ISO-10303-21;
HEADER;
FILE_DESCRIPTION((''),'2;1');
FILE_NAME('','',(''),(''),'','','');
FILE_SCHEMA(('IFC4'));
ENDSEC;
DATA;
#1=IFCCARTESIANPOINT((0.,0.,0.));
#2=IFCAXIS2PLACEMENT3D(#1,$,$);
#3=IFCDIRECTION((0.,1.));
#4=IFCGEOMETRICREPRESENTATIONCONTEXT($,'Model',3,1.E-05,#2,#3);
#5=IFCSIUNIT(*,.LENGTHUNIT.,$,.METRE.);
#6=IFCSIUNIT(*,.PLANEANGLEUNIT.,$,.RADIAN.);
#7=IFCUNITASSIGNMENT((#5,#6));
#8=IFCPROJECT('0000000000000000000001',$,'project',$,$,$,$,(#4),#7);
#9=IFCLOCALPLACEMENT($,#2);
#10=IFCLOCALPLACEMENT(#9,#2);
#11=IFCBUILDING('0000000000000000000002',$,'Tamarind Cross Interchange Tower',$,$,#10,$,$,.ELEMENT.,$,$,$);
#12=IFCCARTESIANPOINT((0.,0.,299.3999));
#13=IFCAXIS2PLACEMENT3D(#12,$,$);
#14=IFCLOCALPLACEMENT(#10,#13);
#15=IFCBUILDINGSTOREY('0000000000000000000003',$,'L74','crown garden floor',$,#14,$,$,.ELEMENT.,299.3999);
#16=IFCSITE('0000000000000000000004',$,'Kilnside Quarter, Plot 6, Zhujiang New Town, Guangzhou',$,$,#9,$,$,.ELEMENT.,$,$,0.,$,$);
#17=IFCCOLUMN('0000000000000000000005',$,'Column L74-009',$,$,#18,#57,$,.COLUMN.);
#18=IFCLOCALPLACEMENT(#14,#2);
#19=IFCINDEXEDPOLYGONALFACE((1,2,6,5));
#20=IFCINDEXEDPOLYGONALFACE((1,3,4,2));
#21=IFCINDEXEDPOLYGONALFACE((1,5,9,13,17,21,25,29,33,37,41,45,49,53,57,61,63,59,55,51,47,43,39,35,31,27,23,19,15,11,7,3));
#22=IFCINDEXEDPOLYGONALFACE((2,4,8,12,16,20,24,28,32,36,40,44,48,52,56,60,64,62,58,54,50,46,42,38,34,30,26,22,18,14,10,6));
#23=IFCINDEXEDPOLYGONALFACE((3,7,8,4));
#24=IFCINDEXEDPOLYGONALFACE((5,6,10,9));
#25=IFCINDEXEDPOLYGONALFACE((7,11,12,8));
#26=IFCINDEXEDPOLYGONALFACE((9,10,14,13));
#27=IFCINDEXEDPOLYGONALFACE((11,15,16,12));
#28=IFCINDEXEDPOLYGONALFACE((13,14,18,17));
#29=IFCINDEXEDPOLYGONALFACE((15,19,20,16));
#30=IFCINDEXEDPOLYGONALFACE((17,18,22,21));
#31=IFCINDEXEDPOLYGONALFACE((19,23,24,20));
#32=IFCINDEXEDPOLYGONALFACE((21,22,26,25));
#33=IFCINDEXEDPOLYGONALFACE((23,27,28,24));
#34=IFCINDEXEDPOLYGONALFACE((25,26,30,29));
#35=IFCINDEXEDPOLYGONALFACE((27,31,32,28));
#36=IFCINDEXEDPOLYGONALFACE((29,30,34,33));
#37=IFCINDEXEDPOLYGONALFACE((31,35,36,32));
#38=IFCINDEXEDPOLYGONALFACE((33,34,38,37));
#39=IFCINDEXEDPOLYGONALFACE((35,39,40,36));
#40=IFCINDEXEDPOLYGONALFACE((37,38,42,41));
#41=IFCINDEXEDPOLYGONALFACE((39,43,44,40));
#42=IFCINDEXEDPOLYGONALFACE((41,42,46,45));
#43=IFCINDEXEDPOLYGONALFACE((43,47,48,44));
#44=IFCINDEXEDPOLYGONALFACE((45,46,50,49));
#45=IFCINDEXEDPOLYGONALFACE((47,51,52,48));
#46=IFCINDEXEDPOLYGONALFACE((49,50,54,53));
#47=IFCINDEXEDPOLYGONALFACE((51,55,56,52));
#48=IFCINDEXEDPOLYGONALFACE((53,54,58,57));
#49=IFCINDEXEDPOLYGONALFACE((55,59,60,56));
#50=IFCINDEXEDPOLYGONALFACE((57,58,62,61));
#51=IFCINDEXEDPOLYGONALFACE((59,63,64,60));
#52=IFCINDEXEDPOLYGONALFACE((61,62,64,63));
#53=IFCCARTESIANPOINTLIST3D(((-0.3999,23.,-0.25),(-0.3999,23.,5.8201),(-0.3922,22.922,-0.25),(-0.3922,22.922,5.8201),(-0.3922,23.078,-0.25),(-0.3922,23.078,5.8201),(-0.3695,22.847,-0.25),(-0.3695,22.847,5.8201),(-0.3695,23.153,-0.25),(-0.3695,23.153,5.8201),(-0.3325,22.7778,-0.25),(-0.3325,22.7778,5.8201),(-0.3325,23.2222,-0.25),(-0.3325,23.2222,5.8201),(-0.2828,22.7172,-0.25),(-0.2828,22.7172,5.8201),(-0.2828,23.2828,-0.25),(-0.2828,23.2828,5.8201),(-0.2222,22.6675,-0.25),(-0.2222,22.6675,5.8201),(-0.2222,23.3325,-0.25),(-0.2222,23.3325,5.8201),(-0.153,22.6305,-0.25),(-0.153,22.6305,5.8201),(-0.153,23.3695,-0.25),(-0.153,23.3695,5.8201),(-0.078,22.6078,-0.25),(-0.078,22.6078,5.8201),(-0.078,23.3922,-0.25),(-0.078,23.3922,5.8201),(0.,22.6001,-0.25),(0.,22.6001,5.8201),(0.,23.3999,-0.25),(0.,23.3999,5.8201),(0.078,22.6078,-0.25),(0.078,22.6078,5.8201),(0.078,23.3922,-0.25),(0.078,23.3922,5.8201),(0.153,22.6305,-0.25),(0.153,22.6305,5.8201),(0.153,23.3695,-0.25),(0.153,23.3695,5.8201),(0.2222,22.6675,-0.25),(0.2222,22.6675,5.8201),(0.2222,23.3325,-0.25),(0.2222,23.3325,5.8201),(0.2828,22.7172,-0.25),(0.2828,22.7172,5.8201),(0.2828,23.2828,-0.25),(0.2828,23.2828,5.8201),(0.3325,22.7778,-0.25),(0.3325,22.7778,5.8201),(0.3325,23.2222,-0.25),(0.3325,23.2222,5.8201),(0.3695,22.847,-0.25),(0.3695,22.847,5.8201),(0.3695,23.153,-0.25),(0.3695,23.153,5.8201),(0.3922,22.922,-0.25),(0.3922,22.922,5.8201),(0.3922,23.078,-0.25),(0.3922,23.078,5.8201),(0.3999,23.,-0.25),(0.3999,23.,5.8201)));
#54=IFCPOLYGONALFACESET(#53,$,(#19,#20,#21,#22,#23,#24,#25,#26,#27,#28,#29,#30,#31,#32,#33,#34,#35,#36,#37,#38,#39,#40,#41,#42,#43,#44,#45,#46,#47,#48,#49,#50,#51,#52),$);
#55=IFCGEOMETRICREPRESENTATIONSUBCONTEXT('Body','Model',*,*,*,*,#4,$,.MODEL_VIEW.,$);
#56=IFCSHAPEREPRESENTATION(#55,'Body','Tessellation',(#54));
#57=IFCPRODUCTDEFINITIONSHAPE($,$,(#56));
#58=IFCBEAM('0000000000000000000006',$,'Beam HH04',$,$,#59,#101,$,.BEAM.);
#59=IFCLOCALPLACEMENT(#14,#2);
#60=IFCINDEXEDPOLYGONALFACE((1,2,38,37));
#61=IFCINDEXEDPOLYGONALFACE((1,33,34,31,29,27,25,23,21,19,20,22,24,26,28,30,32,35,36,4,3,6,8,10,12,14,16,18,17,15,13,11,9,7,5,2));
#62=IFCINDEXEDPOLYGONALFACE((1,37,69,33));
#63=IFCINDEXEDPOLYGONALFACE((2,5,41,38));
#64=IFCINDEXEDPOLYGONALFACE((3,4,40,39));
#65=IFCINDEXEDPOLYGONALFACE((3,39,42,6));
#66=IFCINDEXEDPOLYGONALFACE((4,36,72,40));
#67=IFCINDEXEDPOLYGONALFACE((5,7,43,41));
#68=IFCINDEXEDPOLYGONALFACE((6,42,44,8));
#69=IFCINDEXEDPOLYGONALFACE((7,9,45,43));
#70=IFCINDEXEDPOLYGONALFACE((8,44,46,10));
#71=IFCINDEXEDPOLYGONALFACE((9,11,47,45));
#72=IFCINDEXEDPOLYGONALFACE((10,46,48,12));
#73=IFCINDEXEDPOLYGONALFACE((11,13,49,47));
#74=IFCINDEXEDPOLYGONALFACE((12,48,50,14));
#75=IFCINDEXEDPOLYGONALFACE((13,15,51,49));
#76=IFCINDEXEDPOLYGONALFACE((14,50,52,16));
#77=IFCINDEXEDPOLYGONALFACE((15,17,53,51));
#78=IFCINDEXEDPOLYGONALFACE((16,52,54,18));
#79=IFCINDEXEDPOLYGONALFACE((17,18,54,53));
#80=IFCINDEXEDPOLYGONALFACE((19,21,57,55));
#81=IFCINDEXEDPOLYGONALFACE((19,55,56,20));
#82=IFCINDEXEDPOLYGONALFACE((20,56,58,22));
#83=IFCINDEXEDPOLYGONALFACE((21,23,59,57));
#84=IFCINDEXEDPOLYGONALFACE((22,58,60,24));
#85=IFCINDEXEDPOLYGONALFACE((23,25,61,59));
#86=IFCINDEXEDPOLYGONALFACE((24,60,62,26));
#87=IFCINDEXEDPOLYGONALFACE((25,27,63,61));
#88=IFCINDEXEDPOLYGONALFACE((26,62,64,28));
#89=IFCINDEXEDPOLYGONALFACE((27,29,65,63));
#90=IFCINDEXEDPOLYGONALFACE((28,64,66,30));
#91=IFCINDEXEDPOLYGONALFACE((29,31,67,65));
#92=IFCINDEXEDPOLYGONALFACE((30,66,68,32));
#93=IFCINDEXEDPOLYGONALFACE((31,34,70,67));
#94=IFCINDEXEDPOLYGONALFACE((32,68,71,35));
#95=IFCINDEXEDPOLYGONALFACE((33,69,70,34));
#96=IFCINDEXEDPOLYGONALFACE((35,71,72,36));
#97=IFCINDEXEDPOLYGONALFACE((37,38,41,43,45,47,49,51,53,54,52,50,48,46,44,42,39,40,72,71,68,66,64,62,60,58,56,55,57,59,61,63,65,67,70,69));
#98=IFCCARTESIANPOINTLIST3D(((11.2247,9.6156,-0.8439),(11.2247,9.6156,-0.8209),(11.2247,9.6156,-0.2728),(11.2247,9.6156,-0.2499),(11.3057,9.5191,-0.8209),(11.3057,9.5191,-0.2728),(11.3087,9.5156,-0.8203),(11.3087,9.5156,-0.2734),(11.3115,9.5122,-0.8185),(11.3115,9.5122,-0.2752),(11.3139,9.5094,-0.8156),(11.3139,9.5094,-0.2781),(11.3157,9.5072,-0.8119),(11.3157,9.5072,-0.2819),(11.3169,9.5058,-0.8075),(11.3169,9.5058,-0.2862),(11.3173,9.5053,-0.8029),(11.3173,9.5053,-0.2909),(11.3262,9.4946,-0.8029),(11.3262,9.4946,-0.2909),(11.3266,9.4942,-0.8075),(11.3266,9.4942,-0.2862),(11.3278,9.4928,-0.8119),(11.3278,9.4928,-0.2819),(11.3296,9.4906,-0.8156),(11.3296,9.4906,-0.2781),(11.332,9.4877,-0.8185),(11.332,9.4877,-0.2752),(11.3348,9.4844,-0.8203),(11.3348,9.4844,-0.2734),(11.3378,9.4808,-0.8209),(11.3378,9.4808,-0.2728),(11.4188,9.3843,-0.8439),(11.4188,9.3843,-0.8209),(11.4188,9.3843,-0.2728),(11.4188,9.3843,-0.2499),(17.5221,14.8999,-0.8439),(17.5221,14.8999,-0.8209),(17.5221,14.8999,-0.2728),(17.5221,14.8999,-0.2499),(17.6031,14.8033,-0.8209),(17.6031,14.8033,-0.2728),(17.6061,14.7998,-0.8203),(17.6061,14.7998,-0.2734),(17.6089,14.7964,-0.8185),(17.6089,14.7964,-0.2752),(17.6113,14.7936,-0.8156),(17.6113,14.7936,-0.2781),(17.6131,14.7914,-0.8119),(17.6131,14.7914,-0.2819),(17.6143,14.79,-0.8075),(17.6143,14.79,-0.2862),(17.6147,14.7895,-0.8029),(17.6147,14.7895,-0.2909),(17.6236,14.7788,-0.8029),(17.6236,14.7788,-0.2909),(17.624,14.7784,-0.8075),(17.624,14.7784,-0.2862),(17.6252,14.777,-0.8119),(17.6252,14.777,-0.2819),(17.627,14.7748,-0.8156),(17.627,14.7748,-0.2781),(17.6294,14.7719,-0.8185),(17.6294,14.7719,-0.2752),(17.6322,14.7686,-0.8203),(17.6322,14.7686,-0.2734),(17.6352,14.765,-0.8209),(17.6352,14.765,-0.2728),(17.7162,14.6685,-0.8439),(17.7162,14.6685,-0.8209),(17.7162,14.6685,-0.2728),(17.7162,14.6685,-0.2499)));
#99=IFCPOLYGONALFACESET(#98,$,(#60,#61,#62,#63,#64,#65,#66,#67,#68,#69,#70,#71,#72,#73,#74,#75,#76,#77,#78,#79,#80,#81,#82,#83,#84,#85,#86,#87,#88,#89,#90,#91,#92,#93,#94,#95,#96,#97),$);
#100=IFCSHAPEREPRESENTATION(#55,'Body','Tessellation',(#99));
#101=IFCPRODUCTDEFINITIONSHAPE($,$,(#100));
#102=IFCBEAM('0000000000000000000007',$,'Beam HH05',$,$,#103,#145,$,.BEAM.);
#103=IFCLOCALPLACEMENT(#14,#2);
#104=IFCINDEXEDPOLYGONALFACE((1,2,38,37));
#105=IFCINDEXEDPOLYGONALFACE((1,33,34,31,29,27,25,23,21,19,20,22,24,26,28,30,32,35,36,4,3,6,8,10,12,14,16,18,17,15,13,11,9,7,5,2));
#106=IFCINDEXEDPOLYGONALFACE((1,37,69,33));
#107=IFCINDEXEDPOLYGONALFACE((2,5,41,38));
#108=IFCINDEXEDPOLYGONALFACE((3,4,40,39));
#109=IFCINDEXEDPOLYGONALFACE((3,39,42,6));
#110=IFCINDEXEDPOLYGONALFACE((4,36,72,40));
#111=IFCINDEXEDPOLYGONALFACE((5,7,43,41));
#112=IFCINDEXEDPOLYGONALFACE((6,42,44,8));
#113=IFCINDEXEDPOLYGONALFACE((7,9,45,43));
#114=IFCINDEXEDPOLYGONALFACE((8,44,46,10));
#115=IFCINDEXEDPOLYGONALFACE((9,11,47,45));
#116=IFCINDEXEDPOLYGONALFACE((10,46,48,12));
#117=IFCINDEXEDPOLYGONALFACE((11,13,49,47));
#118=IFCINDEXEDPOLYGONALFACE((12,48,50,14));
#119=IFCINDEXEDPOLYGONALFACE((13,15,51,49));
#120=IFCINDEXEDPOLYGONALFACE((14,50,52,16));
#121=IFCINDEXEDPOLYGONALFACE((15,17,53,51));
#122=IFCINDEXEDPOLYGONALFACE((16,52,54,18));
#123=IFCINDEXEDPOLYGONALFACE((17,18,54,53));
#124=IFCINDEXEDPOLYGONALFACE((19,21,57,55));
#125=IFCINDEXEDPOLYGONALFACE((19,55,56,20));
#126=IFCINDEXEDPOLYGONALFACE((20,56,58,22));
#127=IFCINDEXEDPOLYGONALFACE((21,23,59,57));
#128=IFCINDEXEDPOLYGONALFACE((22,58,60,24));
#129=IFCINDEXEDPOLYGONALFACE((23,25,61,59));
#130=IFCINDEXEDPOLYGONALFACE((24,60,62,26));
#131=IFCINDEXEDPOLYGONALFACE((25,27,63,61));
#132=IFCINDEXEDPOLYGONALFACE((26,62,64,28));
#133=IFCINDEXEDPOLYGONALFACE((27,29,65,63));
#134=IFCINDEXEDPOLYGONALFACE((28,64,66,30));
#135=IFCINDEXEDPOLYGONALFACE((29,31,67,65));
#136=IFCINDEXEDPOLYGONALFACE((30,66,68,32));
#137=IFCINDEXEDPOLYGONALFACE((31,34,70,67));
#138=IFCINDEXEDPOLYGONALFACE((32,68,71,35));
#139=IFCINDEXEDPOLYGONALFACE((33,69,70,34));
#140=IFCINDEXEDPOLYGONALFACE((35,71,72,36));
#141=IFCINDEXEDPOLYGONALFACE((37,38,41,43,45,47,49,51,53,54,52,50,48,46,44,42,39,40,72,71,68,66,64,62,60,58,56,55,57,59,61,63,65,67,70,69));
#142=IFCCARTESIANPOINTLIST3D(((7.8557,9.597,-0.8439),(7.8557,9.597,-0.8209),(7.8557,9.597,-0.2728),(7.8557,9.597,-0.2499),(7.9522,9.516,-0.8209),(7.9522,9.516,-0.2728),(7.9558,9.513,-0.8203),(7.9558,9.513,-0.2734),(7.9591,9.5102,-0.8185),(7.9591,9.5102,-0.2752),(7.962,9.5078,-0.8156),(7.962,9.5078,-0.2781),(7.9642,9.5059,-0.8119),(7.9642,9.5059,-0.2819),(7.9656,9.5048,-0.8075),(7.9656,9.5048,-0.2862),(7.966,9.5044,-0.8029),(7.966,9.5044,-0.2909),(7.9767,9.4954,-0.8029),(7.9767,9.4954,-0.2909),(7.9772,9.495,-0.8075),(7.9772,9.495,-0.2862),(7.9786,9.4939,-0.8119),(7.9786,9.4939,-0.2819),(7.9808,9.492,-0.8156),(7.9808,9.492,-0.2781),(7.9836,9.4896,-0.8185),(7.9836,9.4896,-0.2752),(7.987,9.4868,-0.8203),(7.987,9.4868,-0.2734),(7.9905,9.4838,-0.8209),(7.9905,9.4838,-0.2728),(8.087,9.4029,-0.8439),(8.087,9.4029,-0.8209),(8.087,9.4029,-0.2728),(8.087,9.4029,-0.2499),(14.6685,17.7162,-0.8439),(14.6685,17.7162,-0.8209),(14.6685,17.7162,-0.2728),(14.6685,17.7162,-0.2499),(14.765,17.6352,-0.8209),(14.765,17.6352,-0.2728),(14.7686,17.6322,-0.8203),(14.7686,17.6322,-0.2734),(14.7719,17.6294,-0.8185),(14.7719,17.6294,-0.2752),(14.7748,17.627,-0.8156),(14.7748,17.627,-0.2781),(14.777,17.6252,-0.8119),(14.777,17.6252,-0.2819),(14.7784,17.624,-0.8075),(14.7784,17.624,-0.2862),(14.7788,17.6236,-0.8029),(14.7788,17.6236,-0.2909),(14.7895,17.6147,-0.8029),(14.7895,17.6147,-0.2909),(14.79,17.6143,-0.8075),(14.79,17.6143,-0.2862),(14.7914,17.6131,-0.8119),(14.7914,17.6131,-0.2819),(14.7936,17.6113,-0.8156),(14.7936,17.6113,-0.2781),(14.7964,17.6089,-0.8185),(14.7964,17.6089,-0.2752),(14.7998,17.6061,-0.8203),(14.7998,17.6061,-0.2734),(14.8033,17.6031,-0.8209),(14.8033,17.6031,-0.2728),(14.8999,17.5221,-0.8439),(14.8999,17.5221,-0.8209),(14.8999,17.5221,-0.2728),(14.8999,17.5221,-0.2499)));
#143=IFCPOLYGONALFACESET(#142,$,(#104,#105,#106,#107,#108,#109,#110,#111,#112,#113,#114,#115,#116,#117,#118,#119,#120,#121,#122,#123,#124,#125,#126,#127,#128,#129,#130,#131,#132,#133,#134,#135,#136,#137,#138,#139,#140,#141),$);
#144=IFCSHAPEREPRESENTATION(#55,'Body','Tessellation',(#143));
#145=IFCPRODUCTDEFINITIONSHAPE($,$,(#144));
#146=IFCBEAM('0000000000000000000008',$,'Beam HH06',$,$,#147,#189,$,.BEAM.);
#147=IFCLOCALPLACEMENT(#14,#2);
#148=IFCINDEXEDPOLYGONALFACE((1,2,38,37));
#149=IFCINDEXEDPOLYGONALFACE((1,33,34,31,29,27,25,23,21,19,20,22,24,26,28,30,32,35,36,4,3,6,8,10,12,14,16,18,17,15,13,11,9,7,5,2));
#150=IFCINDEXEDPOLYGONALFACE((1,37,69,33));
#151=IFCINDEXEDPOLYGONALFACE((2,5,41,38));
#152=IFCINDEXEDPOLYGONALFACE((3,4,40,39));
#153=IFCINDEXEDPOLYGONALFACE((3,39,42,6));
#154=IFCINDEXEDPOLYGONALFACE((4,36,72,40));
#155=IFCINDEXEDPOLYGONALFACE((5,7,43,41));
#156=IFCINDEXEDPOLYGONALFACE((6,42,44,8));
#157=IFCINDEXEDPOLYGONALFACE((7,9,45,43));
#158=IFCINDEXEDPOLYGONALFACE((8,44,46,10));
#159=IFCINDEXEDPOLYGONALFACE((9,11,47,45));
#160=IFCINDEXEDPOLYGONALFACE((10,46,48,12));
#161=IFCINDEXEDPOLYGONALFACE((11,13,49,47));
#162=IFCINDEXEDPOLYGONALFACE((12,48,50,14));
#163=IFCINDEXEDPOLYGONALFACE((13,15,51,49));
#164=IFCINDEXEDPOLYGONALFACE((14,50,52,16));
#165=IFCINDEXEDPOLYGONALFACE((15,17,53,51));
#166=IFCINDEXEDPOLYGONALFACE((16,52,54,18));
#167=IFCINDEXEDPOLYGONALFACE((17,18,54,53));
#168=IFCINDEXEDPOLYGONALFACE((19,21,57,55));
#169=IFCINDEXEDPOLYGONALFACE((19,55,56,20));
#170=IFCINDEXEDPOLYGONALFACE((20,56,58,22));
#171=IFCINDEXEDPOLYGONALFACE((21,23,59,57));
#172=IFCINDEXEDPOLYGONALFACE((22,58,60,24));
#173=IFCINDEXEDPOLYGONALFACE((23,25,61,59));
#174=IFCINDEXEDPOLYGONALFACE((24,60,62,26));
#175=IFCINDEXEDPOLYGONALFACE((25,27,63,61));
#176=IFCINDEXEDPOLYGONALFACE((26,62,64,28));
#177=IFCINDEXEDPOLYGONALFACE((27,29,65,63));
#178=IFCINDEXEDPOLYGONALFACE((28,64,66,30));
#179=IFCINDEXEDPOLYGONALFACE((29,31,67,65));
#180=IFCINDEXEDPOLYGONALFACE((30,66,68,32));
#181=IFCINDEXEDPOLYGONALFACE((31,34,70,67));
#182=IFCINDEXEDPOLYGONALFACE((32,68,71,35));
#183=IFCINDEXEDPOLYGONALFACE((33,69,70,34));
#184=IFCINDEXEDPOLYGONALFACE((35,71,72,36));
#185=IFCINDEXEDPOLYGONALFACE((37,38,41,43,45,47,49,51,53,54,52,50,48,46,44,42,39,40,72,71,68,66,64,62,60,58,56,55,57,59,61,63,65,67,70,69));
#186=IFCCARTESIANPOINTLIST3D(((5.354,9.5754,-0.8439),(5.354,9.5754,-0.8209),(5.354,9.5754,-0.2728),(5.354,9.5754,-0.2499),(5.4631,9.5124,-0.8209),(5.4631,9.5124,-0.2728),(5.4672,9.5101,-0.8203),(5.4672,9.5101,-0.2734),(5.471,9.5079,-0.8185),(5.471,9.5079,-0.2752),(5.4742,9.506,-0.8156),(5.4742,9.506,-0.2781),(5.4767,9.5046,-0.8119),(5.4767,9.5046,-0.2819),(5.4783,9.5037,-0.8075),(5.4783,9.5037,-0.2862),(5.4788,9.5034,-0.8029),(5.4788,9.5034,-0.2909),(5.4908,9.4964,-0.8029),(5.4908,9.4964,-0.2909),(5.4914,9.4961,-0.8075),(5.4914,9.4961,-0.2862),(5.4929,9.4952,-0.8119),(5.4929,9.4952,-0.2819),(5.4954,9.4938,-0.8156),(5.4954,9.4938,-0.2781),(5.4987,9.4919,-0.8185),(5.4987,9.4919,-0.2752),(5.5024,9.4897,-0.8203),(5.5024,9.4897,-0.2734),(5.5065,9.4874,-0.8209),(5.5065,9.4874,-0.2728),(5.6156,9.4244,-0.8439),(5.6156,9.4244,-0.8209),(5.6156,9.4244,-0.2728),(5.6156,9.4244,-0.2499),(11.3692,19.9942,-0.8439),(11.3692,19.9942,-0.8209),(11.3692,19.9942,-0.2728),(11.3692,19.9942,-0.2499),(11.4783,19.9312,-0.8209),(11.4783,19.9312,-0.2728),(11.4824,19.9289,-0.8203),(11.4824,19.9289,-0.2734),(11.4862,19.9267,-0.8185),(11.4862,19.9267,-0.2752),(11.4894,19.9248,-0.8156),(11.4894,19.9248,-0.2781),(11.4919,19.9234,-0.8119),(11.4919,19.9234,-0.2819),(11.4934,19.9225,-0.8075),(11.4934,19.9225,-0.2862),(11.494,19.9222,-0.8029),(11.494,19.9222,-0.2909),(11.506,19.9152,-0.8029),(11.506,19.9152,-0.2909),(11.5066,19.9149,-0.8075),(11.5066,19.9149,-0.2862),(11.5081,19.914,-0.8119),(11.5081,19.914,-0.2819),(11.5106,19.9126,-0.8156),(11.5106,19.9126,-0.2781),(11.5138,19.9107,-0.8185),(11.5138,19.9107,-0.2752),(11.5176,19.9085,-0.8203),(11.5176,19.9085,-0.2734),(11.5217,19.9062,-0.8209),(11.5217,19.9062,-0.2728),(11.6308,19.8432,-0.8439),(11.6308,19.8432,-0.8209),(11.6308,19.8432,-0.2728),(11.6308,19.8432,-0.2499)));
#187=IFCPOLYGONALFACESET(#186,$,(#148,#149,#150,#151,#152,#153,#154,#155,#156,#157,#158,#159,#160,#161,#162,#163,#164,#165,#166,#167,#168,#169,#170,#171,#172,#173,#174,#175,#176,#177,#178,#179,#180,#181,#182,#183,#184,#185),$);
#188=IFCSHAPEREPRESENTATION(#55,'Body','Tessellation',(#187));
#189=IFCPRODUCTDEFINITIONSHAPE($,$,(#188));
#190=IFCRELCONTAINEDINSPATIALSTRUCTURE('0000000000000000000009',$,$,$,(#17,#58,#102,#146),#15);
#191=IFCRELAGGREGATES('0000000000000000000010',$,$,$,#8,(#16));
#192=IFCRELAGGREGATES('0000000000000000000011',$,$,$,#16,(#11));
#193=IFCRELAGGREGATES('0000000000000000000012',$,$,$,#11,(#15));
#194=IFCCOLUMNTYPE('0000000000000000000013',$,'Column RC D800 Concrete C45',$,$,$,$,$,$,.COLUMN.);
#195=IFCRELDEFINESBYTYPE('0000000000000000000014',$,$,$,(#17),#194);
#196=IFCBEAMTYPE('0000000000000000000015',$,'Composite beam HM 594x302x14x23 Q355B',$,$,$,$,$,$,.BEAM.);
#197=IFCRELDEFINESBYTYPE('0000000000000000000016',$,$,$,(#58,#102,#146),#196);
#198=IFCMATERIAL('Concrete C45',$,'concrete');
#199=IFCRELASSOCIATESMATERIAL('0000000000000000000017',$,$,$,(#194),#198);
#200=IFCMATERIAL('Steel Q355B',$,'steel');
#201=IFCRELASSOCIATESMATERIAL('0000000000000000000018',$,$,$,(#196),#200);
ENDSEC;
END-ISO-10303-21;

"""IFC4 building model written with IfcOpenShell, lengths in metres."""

from ifc_helpers import new_model, si_unit, direction, frame, origin, origin_2d, place, context, subcontext, project, spatial, circle, i_section, extrude, material, material_profile, profile_set, type_object, element, save


model = new_model("IFC4")

# Units and contexts
model_context = context("Model", 3, precision=1e-05, world=origin(), true_north=direction((0.0, 1.0)))
body_context = subcontext(model_context, "Body", "Model", "MODEL_VIEW")
ifc_project = project(units=[si_unit("LENGTHUNIT", "METRE"), si_unit("PLANEANGLEUNIT", "RADIAN")], contexts=[model_context])

# Site, building, storey
site_placement = place(None, origin())
site = spatial("IfcSite", under=ifc_project, at=site_placement, Name="Kilnside Quarter, Plot 6, Zhujiang New Town, Guangzhou", CompositionType="ELEMENT", RefElevation=0.0)
building_placement = place(site_placement, origin())
building = spatial("IfcBuilding", under=site, at=building_placement, Name="Tamarind Cross Interchange Tower", CompositionType="ELEMENT")
storey_placement = place(building_placement, frame((0.0, 0.0, 299.3999)))
storey = spatial("IfcBuildingStorey", under=building, at=storey_placement, Name="L74", Description="crown garden floor", CompositionType="ELEMENT", Elevation=299.3999)

# Column
ifc_material_1 = material(Name="Concrete C45", Category="concrete")
ifc_material_profile_1 = material_profile(ifc_material_1, circle(Radius=0.3999, at=origin_2d()), Name="RC D800")
ifc_profile_set_1 = profile_set([ifc_material_profile_1], Name="Concrete C45")
column_type = type_object("IfcColumnType", Name="Column RC D800 Concrete C45", PredefinedType="COLUMN", material=ifc_profile_set_1)
for number, where, z_axis, x_axis, name in (
    (1, (0.0, 23.0, -0.25), (0.0, 0.0, 1.0), (1.0, 0.0, 0.0), "Column L74-009"),
):
    element("IfcColumn", number, at=place(storey_placement, frame(where, z_axis=z_axis, x_axis=x_axis)), inside=storey, type_object=column_type, Name=name, PredefinedType="COLUMN", context=body_context, shape_type="SweptSolid", body=[
        extrude(circle(Radius=0.3999, at=origin_2d()), origin(), (0.0, 0.0, 1.0), 6.0701),
    ])

# Beams
ifc_material_2 = material(Name="Steel Q355B", Category="steel")
ifc_material_profile_2 = material_profile(ifc_material_2, i_section(OverallWidth=0.302, OverallDepth=0.594, WebThickness=0.0139, FlangeThickness=0.0229, FilletRadius=0.0181, at=origin_2d()), Name="HM 594x302x14x23")
ifc_profile_set_2 = profile_set([ifc_material_profile_2], Name="Steel Q355B")
beam_type = type_object("IfcBeamType", Name="Composite beam HM 594x302x14x23 Q355B", PredefinedType="BEAM", material=ifc_profile_set_2)
beam_1_placement = place(storey_placement, frame((17.6191, 14.7842, -0.5469), z_axis=(-0.766041, -0.642792, 0.0), x_axis=(0.642792, -0.766041, 0.0)))
element("IfcBeam", 2, at=beam_1_placement, inside=storey, type_object=beam_type, Name="Beam HH04", PredefinedType="BEAM", context=body_context, shape_type="SweptSolid", body=[
    extrude(i_section(OverallWidth=0.302, OverallDepth=0.594, WebThickness=0.0139, FlangeThickness=0.0229, FilletRadius=0.0181, at=origin_2d()), origin(), (0.0, 0.0, 1.0), 8.2207),
])
beam_2_placement = place(storey_placement, frame((14.7842, 17.6191, -0.5469), z_axis=(-0.642786, -0.766046, 0.0), x_axis=(0.766046, -0.642786, 0.0)))
element("IfcBeam", 3, at=beam_2_placement, inside=storey, type_object=beam_type, Name="Beam HH05", PredefinedType="BEAM", context=body_context, shape_type="SweptSolid", body=[
    extrude(i_section(OverallWidth=0.302, OverallDepth=0.594, WebThickness=0.0139, FlangeThickness=0.0229, FilletRadius=0.0181, at=origin_2d()), origin(), (0.0, 0.0, 1.0), 10.5989),
])
beam_3_placement = place(storey_placement, frame((11.5, 19.9187, -0.5469), z_axis=(-0.499994, -0.866029, 0.0), x_axis=(0.866029, -0.499994, 0.0)))
element("IfcBeam", 4, at=beam_3_placement, inside=storey, type_object=beam_type, Name="Beam HH06", PredefinedType="BEAM", context=body_context, shape_type="SweptSolid", body=[
    extrude(i_section(OverallWidth=0.302, OverallDepth=0.594, WebThickness=0.0139, FlangeThickness=0.0229, FilletRadius=0.0181, at=origin_2d()), origin(), (0.0, 0.0, 1.0), 12.0305),
])

save(model, "model.ifc")
